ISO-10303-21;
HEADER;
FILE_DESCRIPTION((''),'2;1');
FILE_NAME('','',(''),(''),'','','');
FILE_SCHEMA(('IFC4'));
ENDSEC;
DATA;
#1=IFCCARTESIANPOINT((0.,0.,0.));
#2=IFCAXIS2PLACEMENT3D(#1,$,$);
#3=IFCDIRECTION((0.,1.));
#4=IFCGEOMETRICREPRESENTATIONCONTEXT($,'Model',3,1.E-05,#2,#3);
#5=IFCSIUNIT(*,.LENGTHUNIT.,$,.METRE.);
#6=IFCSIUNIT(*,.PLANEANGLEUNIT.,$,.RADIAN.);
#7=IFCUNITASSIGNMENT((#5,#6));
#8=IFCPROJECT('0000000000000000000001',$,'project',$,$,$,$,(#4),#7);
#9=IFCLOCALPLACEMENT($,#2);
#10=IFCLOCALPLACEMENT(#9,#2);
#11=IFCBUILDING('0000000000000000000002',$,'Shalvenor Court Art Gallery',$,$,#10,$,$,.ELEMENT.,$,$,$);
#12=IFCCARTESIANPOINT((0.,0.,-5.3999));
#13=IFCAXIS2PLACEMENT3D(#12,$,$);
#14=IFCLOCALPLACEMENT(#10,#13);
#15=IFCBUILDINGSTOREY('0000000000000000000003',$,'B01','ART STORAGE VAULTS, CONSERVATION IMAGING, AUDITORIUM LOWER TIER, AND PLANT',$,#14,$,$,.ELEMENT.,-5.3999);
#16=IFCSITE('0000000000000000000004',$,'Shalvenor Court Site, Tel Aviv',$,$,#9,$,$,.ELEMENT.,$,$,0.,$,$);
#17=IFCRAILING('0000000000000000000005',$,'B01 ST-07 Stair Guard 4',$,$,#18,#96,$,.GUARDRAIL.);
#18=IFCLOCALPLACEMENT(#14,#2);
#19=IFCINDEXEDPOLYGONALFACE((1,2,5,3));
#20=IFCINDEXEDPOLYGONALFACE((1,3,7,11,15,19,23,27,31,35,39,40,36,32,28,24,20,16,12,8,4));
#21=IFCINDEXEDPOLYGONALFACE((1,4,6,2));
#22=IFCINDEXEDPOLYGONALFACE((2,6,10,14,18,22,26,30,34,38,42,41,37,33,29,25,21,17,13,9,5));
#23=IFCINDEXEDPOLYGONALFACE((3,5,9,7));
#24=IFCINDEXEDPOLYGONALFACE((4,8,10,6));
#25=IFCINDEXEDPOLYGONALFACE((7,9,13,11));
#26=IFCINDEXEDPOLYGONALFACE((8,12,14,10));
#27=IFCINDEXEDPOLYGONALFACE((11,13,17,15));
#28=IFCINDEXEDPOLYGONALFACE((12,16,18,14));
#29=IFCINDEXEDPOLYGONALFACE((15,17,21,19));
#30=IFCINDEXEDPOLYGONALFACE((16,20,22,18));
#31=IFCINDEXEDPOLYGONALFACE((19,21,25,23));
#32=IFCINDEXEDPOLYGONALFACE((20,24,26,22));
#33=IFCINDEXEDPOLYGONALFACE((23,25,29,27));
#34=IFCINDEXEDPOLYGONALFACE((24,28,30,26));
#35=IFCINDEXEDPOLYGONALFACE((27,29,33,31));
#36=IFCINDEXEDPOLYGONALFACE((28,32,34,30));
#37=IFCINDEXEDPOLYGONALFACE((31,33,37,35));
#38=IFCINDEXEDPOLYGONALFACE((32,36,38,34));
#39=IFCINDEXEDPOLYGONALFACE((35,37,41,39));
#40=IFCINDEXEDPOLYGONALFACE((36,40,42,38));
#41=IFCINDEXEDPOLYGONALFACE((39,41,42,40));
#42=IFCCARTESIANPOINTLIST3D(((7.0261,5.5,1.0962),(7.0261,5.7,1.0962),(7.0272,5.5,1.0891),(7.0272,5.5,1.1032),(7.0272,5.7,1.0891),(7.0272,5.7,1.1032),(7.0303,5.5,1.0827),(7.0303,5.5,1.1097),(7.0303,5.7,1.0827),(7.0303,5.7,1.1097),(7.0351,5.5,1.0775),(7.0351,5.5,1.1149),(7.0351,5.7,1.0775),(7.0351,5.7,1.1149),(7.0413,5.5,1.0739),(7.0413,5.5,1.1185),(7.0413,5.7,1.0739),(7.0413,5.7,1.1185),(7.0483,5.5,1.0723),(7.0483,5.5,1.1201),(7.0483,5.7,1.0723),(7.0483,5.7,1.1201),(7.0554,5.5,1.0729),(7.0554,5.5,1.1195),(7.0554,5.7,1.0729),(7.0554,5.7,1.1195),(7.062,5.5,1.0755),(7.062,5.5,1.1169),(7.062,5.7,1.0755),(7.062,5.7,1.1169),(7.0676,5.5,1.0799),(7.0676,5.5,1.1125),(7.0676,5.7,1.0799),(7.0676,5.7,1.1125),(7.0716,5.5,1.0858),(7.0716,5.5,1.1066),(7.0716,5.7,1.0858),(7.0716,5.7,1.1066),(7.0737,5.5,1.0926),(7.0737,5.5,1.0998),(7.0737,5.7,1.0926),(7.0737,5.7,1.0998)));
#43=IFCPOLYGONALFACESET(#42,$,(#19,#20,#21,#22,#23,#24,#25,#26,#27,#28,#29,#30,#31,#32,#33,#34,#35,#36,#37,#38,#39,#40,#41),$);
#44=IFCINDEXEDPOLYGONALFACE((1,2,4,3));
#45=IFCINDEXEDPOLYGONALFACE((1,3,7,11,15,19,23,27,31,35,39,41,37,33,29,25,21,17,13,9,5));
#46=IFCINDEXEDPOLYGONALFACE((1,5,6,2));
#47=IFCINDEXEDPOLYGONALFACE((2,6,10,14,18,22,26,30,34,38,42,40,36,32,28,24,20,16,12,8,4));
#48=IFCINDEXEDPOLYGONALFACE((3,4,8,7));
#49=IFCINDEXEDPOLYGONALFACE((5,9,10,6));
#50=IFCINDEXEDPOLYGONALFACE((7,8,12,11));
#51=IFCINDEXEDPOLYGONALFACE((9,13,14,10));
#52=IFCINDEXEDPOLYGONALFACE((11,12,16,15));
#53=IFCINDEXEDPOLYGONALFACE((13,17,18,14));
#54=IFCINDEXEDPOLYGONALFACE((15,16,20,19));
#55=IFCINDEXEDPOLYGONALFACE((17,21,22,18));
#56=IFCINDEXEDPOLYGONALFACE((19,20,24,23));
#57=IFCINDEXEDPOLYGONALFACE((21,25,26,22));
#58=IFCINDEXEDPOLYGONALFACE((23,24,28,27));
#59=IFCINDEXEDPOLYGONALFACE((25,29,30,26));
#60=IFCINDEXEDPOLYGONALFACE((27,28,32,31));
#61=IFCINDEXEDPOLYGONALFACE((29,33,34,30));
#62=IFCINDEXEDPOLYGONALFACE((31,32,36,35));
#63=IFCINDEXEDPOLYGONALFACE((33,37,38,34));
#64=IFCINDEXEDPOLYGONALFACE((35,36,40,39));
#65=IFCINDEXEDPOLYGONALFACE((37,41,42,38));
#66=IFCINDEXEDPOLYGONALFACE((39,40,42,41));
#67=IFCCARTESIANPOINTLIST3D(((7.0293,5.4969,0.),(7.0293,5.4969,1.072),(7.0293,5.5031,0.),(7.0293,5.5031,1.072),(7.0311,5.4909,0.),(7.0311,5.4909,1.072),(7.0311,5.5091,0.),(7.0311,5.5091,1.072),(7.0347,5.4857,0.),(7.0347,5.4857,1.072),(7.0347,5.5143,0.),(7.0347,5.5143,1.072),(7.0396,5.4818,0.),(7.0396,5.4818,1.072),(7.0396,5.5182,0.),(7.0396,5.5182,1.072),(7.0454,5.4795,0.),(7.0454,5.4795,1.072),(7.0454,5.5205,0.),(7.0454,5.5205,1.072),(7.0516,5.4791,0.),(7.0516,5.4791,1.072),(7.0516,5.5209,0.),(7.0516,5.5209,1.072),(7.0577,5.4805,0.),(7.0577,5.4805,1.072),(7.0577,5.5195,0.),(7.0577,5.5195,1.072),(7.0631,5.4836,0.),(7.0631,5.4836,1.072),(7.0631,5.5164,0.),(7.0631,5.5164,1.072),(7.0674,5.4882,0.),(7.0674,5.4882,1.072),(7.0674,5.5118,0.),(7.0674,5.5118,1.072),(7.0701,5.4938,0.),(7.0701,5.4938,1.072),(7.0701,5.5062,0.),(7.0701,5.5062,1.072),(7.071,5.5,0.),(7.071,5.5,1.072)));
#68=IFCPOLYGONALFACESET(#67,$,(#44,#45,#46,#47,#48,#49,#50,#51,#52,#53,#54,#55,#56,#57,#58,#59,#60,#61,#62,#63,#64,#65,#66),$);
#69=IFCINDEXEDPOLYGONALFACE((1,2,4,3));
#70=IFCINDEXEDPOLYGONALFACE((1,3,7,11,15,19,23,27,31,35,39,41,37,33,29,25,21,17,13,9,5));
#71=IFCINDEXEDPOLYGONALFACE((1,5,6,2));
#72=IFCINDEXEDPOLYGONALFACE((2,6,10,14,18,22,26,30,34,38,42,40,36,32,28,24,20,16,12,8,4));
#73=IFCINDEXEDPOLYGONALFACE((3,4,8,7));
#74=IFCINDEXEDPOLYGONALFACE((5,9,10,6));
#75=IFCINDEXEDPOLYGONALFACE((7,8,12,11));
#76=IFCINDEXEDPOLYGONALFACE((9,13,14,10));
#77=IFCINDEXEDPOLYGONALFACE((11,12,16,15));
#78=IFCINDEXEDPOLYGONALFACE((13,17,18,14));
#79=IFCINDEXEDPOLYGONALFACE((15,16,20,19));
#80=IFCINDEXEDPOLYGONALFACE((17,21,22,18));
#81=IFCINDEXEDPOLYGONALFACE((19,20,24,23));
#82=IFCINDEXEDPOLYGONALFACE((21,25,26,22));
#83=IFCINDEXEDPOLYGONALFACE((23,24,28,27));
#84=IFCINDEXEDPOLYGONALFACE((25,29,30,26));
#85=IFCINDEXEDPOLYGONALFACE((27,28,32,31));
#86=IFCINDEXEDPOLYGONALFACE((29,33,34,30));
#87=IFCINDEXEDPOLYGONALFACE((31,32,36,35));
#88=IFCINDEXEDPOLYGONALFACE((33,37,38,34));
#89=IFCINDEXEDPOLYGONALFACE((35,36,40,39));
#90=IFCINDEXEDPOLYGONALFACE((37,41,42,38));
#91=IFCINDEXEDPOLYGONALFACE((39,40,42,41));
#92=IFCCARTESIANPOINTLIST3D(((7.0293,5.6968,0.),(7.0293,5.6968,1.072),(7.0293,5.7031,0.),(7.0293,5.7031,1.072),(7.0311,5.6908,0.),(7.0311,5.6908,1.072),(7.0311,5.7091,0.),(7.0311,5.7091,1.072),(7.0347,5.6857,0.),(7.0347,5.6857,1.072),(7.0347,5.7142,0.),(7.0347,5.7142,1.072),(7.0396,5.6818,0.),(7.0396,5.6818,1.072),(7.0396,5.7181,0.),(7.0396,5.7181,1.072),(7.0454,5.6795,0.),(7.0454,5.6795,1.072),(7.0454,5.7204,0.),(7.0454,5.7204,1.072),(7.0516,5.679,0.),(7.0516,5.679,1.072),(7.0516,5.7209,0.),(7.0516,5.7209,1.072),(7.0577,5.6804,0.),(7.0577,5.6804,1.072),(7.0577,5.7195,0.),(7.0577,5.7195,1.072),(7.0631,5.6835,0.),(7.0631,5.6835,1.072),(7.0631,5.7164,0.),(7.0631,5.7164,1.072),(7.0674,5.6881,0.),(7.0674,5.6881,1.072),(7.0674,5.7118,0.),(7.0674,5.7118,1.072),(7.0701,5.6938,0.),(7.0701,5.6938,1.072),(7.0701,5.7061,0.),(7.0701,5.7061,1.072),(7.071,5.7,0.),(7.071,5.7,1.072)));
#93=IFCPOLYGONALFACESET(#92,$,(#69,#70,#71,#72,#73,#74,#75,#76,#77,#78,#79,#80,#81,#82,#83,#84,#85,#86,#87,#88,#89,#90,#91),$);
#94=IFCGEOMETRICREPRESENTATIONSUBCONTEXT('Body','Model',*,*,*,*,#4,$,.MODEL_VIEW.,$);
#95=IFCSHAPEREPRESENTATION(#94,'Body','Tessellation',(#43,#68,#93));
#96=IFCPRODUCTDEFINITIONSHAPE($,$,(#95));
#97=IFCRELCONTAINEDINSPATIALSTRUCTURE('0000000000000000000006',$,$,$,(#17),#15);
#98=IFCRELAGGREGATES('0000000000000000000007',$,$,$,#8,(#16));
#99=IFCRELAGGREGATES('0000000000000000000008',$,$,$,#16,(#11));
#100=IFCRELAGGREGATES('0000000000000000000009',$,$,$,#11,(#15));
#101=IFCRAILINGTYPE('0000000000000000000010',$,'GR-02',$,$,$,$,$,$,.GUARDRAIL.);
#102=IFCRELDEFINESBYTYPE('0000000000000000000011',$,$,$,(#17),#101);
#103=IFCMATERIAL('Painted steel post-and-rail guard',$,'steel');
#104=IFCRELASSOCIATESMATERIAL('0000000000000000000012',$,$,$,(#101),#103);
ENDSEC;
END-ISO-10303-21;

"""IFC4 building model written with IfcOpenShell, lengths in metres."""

from ifc_helpers import new_model, si_unit, direction, frame, origin, origin_2d, place, context, subcontext, project, spatial, circle, extrude, material, type_object, element, save


model = new_model("IFC4")

# Units and contexts
model_context = context("Model", 3, precision=1e-05, world=origin(), true_north=direction((0.0, 1.0)))
body_context = subcontext(model_context, "Body", "Model", "MODEL_VIEW")
ifc_project = project(units=[si_unit("LENGTHUNIT", "METRE"), si_unit("PLANEANGLEUNIT", "RADIAN")], contexts=[model_context])

# Site, building, storey
site_placement = place(None, origin())
site = spatial("IfcSite", under=ifc_project, at=site_placement, Name="Shalvenor Court Site, Tel Aviv", CompositionType="ELEMENT", RefElevation=0.0)
building_placement = place(site_placement, origin())
building = spatial("IfcBuilding", under=site, at=building_placement, Name="Shalvenor Court Art Gallery", CompositionType="ELEMENT")
storey_placement = place(building_placement, frame((0.0, 0.0, -5.3999)))
storey = spatial("IfcBuildingStorey", under=building, at=storey_placement, Name="B01", Description="ART STORAGE VAULTS, CONSERVATION IMAGING, AUDITORIUM LOWER TIER, AND PLANT", CompositionType="ELEMENT", Elevation=-5.3999)

# Railing
ifc_material_1 = material(Name="Painted steel post-and-rail guard", Category="steel")
railing_type_1 = type_object("IfcRailingType", Name="GR-02", PredefinedType="GUARDRAIL", material=ifc_material_1)
railing_1_placement = place(storey_placement, frame((7.05, 5.5, 0.0)))
element("IfcRailing", 1, at=railing_1_placement, inside=storey, type_object=railing_type_1, Name="B01 ST-07 Stair Guard 4", PredefinedType="GUARDRAIL", context=body_context, shape_type="SweptSolid", body=[
    extrude(circle(Radius=0.0239, at=origin_2d()), frame((0.0, 0.0, 1.0962), z_axis=(0.0, 1.0, 0.0), x_axis=(-1.0, 0.0, 0.0)), (0.0, 0.0, 1.0), 0.2),
    extrude(circle(Radius=0.021, at=origin_2d()), origin(), (0.0, 0.0, 1.0), 1.072),
    extrude(circle(Radius=0.021, at=origin_2d()), frame((0.0, 0.2, 0.0)), (0.0, 0.0, 1.0), 1.072),
])

save(model, "model.ifc")
